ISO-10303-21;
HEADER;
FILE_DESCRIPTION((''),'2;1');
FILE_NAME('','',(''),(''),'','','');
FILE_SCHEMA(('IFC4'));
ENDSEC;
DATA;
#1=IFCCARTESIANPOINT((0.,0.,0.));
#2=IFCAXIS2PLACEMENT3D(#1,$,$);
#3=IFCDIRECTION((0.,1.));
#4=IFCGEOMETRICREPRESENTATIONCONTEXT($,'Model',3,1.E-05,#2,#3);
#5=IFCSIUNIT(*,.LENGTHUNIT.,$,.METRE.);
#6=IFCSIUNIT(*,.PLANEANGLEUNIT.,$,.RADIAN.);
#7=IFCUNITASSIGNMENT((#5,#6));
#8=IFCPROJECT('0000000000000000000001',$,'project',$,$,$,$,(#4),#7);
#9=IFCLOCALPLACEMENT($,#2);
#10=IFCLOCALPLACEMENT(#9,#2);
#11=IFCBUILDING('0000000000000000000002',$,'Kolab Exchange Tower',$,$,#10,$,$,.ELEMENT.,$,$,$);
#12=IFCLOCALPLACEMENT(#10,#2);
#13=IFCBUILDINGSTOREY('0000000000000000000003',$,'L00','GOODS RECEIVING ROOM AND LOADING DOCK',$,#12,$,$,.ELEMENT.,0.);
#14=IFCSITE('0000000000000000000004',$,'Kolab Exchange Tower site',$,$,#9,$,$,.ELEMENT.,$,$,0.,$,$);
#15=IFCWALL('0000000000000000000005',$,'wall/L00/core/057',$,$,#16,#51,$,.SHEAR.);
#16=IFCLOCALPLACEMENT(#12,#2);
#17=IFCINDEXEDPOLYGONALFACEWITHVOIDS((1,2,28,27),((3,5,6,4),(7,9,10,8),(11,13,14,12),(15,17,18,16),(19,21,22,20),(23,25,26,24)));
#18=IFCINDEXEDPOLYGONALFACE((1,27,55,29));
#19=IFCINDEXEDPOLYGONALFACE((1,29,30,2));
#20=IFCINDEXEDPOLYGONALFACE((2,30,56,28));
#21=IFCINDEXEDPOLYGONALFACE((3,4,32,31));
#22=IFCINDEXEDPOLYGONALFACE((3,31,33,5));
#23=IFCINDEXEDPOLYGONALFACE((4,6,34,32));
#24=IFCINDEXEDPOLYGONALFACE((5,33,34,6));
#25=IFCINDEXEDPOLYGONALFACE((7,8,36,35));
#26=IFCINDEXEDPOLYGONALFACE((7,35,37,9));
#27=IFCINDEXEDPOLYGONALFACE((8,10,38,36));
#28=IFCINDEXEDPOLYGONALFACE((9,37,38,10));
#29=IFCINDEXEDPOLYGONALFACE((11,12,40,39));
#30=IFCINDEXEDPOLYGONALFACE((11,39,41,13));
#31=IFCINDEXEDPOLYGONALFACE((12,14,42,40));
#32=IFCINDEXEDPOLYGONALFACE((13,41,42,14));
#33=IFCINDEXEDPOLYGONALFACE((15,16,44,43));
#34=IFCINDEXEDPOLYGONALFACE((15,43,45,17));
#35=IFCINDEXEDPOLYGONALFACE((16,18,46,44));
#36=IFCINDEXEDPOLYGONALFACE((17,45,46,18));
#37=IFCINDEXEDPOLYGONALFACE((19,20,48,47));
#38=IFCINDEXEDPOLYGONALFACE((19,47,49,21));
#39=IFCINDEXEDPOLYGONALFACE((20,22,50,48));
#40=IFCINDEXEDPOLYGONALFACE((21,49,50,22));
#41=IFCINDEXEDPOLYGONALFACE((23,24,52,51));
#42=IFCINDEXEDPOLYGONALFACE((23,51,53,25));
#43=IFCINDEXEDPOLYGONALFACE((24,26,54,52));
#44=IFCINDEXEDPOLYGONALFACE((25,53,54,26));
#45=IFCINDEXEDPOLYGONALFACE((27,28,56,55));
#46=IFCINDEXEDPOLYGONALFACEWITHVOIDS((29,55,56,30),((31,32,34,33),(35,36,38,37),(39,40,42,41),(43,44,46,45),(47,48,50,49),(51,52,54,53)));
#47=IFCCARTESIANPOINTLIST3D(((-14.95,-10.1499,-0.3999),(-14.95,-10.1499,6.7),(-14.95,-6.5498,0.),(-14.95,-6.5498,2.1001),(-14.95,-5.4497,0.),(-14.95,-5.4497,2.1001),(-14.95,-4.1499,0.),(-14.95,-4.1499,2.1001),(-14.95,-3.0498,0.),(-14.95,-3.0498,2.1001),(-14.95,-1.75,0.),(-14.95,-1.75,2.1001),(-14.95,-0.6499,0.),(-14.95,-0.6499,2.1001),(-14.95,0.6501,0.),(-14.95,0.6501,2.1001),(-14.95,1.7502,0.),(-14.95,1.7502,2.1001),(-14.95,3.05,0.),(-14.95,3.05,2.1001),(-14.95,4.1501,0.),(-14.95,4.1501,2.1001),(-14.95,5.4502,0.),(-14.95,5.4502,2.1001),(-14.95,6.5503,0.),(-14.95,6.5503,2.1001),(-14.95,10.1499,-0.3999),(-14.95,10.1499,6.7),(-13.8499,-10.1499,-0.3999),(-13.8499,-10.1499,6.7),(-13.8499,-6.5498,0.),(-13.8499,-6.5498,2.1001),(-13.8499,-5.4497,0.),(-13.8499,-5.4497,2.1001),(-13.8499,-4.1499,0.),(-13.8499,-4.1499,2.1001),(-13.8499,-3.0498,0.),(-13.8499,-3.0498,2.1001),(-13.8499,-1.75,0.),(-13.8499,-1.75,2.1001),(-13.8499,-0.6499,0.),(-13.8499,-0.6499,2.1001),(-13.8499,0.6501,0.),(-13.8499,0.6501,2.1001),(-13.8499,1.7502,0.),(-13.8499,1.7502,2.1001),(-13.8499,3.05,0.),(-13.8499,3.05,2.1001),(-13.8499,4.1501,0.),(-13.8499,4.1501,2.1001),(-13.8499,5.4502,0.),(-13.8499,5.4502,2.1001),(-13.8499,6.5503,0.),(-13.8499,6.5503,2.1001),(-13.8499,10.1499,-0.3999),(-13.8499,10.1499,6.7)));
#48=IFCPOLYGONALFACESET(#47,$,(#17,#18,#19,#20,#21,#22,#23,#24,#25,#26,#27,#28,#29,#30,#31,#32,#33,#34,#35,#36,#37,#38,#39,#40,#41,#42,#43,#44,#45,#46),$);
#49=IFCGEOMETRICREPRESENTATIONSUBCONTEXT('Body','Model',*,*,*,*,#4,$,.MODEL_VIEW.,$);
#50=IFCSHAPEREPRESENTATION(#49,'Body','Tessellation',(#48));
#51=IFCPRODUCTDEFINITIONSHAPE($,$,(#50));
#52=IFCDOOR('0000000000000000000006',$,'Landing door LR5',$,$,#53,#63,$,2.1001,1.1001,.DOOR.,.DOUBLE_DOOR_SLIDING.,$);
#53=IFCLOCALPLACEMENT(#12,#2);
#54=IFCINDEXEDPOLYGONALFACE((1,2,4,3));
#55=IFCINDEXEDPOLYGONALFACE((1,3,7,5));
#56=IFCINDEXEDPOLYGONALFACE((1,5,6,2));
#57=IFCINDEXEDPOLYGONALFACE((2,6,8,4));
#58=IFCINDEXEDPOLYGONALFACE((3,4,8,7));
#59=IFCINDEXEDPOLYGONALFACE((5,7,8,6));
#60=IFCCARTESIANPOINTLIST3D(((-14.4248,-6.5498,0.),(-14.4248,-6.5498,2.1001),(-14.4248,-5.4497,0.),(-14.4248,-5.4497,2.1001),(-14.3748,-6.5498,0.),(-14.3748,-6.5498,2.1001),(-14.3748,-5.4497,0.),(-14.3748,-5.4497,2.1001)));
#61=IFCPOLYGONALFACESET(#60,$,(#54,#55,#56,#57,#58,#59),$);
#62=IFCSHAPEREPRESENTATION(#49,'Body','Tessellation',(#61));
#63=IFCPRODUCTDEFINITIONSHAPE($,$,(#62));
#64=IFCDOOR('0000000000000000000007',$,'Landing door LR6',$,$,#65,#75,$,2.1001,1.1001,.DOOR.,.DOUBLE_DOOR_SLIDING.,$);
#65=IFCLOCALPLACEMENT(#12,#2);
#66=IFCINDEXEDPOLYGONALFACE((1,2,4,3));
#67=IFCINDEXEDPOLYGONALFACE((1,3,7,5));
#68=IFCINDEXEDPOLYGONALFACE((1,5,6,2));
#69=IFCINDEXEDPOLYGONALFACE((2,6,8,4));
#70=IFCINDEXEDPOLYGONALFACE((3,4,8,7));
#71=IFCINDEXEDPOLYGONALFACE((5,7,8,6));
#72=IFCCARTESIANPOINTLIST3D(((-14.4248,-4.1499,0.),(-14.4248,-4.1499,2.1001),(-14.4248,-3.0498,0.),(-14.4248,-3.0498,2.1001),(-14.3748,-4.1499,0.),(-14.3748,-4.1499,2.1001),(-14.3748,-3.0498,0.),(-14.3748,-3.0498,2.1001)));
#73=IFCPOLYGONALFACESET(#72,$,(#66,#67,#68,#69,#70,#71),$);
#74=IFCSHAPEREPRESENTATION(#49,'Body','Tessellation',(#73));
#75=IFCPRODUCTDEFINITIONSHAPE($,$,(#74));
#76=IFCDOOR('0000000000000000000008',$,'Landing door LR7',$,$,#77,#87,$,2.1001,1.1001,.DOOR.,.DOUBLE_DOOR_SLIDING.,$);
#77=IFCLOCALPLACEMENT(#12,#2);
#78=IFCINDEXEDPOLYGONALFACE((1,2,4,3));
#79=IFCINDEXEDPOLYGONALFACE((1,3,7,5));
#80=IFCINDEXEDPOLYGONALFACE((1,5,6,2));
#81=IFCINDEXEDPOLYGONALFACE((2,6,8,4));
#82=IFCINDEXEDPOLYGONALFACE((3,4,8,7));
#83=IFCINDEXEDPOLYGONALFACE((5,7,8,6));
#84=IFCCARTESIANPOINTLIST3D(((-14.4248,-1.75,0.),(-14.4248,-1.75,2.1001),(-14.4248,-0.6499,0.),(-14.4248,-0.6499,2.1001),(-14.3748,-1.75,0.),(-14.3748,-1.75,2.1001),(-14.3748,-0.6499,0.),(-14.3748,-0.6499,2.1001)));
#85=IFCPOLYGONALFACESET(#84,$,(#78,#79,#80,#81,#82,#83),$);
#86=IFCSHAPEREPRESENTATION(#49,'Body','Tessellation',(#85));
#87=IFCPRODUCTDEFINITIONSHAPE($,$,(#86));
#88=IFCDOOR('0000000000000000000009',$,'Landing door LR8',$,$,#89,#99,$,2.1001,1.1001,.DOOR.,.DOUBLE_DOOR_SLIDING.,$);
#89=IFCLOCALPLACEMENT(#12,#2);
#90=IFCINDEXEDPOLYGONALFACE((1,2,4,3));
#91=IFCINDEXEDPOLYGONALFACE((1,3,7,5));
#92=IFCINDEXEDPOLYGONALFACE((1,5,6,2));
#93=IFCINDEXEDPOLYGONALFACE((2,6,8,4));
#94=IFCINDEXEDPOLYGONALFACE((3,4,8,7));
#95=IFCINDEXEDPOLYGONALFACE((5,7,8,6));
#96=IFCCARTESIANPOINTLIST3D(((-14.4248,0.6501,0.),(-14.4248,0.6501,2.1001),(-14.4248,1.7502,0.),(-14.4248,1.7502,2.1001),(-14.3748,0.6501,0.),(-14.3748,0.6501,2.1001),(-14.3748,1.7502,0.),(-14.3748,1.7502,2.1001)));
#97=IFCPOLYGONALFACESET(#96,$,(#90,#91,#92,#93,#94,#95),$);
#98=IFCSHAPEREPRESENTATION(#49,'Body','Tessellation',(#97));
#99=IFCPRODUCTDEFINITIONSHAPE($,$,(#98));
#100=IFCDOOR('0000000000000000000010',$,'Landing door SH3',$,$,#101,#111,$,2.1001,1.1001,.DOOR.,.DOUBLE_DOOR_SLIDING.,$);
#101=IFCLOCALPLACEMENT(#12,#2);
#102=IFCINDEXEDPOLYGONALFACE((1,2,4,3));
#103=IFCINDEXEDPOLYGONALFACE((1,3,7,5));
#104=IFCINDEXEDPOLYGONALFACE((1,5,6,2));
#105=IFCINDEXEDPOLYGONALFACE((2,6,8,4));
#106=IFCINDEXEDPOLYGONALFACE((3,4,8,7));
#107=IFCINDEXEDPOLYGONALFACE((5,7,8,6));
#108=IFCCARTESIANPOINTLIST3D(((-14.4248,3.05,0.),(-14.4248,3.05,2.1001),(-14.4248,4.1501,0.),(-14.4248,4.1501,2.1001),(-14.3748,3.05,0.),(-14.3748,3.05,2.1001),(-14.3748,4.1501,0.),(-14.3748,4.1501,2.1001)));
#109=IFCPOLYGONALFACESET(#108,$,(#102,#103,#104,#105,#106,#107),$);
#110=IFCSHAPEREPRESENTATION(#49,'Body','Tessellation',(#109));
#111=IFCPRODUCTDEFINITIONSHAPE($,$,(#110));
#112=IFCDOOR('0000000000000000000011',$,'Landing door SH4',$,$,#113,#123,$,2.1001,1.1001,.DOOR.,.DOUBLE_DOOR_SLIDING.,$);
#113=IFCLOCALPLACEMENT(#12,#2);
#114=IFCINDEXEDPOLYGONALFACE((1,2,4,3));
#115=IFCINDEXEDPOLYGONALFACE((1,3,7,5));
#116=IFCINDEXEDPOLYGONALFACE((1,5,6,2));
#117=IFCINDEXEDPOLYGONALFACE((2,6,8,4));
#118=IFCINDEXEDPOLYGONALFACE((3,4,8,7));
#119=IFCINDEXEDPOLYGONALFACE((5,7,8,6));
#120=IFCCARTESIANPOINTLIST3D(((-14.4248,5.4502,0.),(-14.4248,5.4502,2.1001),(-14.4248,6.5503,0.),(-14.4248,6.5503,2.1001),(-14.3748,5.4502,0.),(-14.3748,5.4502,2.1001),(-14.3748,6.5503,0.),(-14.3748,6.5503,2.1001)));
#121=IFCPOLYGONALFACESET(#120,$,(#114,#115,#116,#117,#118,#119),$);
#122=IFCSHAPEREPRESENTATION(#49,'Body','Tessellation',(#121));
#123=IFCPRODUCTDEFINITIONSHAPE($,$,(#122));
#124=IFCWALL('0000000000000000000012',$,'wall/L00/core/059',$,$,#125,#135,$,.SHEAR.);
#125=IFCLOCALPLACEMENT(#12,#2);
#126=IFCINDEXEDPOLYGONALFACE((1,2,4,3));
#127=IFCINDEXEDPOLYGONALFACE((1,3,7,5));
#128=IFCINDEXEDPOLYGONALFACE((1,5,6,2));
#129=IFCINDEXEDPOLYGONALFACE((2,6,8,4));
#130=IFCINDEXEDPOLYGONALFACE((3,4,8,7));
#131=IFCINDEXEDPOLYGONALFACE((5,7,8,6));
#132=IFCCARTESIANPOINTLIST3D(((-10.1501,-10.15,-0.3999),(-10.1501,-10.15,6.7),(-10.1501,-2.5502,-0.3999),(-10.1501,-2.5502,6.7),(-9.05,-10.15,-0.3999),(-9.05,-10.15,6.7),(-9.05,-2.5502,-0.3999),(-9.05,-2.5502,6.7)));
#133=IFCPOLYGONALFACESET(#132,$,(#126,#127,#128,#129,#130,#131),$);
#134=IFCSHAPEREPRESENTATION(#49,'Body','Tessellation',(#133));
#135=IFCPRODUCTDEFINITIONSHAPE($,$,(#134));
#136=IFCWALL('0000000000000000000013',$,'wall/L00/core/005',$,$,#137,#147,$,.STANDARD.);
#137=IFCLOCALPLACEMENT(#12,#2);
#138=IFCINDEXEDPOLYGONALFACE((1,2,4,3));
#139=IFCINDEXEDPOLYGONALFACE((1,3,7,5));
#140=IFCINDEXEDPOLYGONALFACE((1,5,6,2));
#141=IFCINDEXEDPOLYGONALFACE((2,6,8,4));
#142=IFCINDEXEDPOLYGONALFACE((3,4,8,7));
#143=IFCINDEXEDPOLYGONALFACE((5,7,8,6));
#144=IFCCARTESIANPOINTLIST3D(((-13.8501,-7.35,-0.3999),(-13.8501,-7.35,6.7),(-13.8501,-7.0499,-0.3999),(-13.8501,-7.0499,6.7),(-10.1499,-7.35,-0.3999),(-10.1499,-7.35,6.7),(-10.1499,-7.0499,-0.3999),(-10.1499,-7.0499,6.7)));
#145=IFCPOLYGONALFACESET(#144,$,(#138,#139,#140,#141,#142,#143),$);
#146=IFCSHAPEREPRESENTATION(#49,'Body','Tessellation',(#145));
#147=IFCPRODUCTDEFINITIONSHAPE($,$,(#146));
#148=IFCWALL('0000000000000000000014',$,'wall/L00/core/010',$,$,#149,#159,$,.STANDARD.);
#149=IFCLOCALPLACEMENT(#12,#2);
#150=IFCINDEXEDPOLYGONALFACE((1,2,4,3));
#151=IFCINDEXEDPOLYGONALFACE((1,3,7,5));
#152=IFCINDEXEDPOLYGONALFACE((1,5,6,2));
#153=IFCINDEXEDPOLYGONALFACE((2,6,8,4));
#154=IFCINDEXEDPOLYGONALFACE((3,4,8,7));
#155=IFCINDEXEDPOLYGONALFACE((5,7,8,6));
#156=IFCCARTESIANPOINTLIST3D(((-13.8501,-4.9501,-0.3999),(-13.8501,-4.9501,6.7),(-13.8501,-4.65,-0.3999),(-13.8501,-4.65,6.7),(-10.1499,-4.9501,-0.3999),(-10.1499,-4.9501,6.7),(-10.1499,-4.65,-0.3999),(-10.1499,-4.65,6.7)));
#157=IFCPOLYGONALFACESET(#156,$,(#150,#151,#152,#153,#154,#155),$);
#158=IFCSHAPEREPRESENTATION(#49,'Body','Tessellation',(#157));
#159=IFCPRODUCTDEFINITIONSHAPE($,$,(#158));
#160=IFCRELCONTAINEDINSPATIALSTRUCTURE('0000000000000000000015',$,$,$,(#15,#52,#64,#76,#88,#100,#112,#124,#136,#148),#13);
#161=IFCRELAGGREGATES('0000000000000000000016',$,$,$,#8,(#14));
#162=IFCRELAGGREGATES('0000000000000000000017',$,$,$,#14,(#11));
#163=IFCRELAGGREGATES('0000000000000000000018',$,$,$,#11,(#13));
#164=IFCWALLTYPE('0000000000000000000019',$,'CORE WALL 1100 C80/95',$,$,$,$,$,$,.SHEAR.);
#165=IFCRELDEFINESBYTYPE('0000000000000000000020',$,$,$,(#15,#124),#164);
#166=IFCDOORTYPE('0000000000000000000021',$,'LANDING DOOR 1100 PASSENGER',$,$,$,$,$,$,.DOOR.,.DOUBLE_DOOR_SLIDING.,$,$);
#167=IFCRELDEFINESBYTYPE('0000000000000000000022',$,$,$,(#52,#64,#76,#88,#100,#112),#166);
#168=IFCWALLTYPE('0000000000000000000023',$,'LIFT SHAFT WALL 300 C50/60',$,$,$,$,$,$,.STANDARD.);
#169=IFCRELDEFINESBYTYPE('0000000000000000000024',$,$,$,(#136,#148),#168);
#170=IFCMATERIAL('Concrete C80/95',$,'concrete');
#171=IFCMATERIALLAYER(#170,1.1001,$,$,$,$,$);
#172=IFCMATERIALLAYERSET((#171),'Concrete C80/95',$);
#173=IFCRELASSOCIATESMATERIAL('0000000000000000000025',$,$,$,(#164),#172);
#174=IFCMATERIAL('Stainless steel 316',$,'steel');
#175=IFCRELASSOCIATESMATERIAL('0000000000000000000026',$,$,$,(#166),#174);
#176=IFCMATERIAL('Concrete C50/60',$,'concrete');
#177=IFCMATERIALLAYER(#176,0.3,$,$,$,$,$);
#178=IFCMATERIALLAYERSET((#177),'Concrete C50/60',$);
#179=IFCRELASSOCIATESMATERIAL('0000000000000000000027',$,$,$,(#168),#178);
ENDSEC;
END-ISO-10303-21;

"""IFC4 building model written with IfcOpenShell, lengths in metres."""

from ifc_helpers import new_model, si_unit, direction, frame, frame_2d, origin, place, context, subcontext, project, spatial, rectangle, extrude, material, layer, layer_set, type_object, element, fill, save


model = new_model("IFC4")

# Units and contexts
model_context = context("Model", 3, precision=1e-05, world=origin(), true_north=direction((0.0, 1.0)))
body_context = subcontext(model_context, "Body", "Model", "MODEL_VIEW")
ifc_project = project(units=[si_unit("LENGTHUNIT", "METRE"), si_unit("PLANEANGLEUNIT", "RADIAN")], contexts=[model_context])

# Site, building, storey
site_placement = place(None, origin())
site = spatial("IfcSite", under=ifc_project, at=site_placement, Name="Kolab Exchange Tower site", CompositionType="ELEMENT", RefElevation=0.0)
building_placement = place(site_placement, origin())
building = spatial("IfcBuilding", under=site, at=building_placement, Name="Kolab Exchange Tower", CompositionType="ELEMENT")
storey_placement = place(building_placement, origin())
storey = spatial("IfcBuildingStorey", under=building, at=storey_placement, Name="L00", Description="GOODS RECEIVING ROOM AND LOADING DOCK", CompositionType="ELEMENT", Elevation=0.0)

# Shared definitions
ifc_material_1 = material(Name="Concrete C80/95", Category="concrete")
ifc_layer_1 = layer(ifc_material_1, 1.1001)
ifc_layer_set_1 = layer_set([ifc_layer_1], Name="Concrete C80/95")
wall_type_1 = type_object("IfcWallType", Name="CORE WALL 1100 C80/95", PredefinedType="SHEAR", material=ifc_layer_set_1)

# Wall, openings, doors
wall_1_placement = place(storey_placement, frame((-14.3999, -10.1499, -0.3999), z_axis=(0.0, 0.0, 1.0), x_axis=(0.0, 1.0, 0.0)))
wall_1 = element("IfcWall", 1, at=wall_1_placement, inside=storey, type_object=wall_type_1, Name="wall/L00/core/057", PredefinedType="SHEAR", context=body_context, shape_type="SweptSolid", body=[
    extrude(rectangle(XDim=20.2998, YDim=1.1001, at=frame_2d((10.1499, 0.0))), origin(), (0.0, 0.0, 1.0), 7.0999),
])
opening_1_placement = place(wall_1_placement, frame((3.6001, 0.0, 0.3999)))
opening_1 = element("IfcOpeningElement", 2, at=opening_1_placement, cuts=wall_1, PredefinedType="OPENING", context=body_context, shape_type="SweptSolid", body=[
    extrude(rectangle(XDim=1.1001, YDim=2.1001, at=frame_2d((0.55, 1.05))), frame((0.0, 0.5601, 0.0), z_axis=(0.0, -1.0, 0.0), x_axis=(1.0, 0.0, 0.0)), (0.0, 0.0, 1.0), 1.1201),
])
opening_2_placement = place(wall_1_placement, frame((6.0, 0.0, 0.3999)))
opening_2 = element("IfcOpeningElement", 3, at=opening_2_placement, cuts=wall_1, PredefinedType="OPENING", context=body_context, shape_type="SweptSolid", body=[
    extrude(rectangle(XDim=1.1001, YDim=2.1001, at=frame_2d((0.55, 1.05))), frame((0.0, 0.5601, 0.0), z_axis=(0.0, -1.0, 0.0), x_axis=(1.0, 0.0, 0.0)), (0.0, 0.0, 1.0), 1.1201),
])
opening_3_placement = place(wall_1_placement, frame((8.3999, 0.0, 0.3999)))
opening_3 = element("IfcOpeningElement", 4, at=opening_3_placement, cuts=wall_1, PredefinedType="OPENING", context=body_context, shape_type="SweptSolid", body=[
    extrude(rectangle(XDim=1.1001, YDim=2.1001, at=frame_2d((0.55, 1.05))), frame((0.0, 0.5601, 0.0), z_axis=(0.0, -1.0, 0.0), x_axis=(1.0, 0.0, 0.0)), (0.0, 0.0, 1.0), 1.1201),
])
opening_4_placement = place(wall_1_placement, frame((10.8, 0.0, 0.3999)))
opening_4 = element("IfcOpeningElement", 5, at=opening_4_placement, cuts=wall_1, PredefinedType="OPENING", context=body_context, shape_type="SweptSolid", body=[
    extrude(rectangle(XDim=1.1001, YDim=2.1001, at=frame_2d((0.55, 1.05))), frame((0.0, 0.5601, 0.0), z_axis=(0.0, -1.0, 0.0), x_axis=(1.0, 0.0, 0.0)), (0.0, 0.0, 1.0), 1.1201),
])
opening_5_placement = place(wall_1_placement, frame((13.2, 0.0, 0.3999)))
opening_5 = element("IfcOpeningElement", 6, at=opening_5_placement, cuts=wall_1, PredefinedType="OPENING", context=body_context, shape_type="SweptSolid", body=[
    extrude(rectangle(XDim=1.1001, YDim=2.1001, at=frame_2d((0.55, 1.05))), frame((0.0, 0.5601, 0.0), z_axis=(0.0, -1.0, 0.0), x_axis=(1.0, 0.0, 0.0)), (0.0, 0.0, 1.0), 1.1201),
])
opening_6_placement = place(wall_1_placement, frame((15.6001, 0.0, 0.3999)))
opening_6 = element("IfcOpeningElement", 7, at=opening_6_placement, cuts=wall_1, PredefinedType="OPENING", context=body_context, shape_type="SweptSolid", body=[
    extrude(rectangle(XDim=1.1001, YDim=2.1001, at=frame_2d((0.55, 1.05))), frame((0.0, 0.5601, 0.0), z_axis=(0.0, -1.0, 0.0), x_axis=(1.0, 0.0, 0.0)), (0.0, 0.0, 1.0), 1.1201),
])
ifc_material_2 = material(Name="Stainless steel 316", Category="steel")
door_type_1 = type_object("IfcDoorType", Name="LANDING DOOR 1100 PASSENGER", OperationType="DOUBLE_DOOR_SLIDING", PredefinedType="DOOR", material=ifc_material_2)
door_1_placement = place(opening_1_placement, origin())
door_1 = element("IfcDoor", 8, at=door_1_placement, inside=storey, type_object=door_type_1, Name="Landing door LR5", OperationType="DOUBLE_DOOR_SLIDING", OverallHeight=2.1001, OverallWidth=1.1001, PredefinedType="DOOR", context=body_context, shape_type="SweptSolid", body=[
    extrude(rectangle(XDim=1.1001, YDim=2.1001, at=frame_2d((0.55, 1.05))), frame((0.0, 0.0249, 0.0), z_axis=(0.0, -1.0, 0.0), x_axis=(1.0, 0.0, 0.0)), (0.0, 0.0, 1.0), 0.05),
])
fill(opening_1, door_1)
door_2_placement = place(opening_2_placement, origin())
door_2 = element("IfcDoor", 9, at=door_2_placement, inside=storey, type_object=door_type_1, Name="Landing door LR6", OperationType="DOUBLE_DOOR_SLIDING", OverallHeight=2.1001, OverallWidth=1.1001, PredefinedType="DOOR", context=body_context, shape_type="SweptSolid", body=[
    extrude(rectangle(XDim=1.1001, YDim=2.1001, at=frame_2d((0.55, 1.05))), frame((0.0, 0.0249, 0.0), z_axis=(0.0, -1.0, 0.0), x_axis=(1.0, 0.0, 0.0)), (0.0, 0.0, 1.0), 0.05),
])
fill(opening_2, door_2)
door_3_placement = place(opening_3_placement, origin())
door_3 = element("IfcDoor", 10, at=door_3_placement, inside=storey, type_object=door_type_1, Name="Landing door LR7", OperationType="DOUBLE_DOOR_SLIDING", OverallHeight=2.1001, OverallWidth=1.1001, PredefinedType="DOOR", context=body_context, shape_type="SweptSolid", body=[
    extrude(rectangle(XDim=1.1001, YDim=2.1001, at=frame_2d((0.55, 1.05))), frame((0.0, 0.0249, 0.0), z_axis=(0.0, -1.0, 0.0), x_axis=(1.0, 0.0, 0.0)), (0.0, 0.0, 1.0), 0.05),
])
fill(opening_3, door_3)
door_4_placement = place(opening_4_placement, origin())
door_4 = element("IfcDoor", 11, at=door_4_placement, inside=storey, type_object=door_type_1, Name="Landing door LR8", OperationType="DOUBLE_DOOR_SLIDING", OverallHeight=2.1001, OverallWidth=1.1001, PredefinedType="DOOR", context=body_context, shape_type="SweptSolid", body=[
    extrude(rectangle(XDim=1.1001, YDim=2.1001, at=frame_2d((0.55, 1.05))), frame((0.0, 0.0249, 0.0), z_axis=(0.0, -1.0, 0.0), x_axis=(1.0, 0.0, 0.0)), (0.0, 0.0, 1.0), 0.05),
])
fill(opening_4, door_4)
door_5_placement = place(opening_5_placement, origin())
door_5 = element("IfcDoor", 12, at=door_5_placement, inside=storey, type_object=door_type_1, Name="Landing door SH3", OperationType="DOUBLE_DOOR_SLIDING", OverallHeight=2.1001, OverallWidth=1.1001, PredefinedType="DOOR", context=body_context, shape_type="SweptSolid", body=[
    extrude(rectangle(XDim=1.1001, YDim=2.1001, at=frame_2d((0.55, 1.05))), frame((0.0, 0.0249, 0.0), z_axis=(0.0, -1.0, 0.0), x_axis=(1.0, 0.0, 0.0)), (0.0, 0.0, 1.0), 0.05),
])
fill(opening_5, door_5)
door_6_placement = place(opening_6_placement, origin())
door_6 = element("IfcDoor", 13, at=door_6_placement, inside=storey, type_object=door_type_1, Name="Landing door SH4", OperationType="DOUBLE_DOOR_SLIDING", OverallHeight=2.1001, OverallWidth=1.1001, PredefinedType="DOOR", context=body_context, shape_type="SweptSolid", body=[
    extrude(rectangle(XDim=1.1001, YDim=2.1001, at=frame_2d((0.55, 1.05))), frame((0.0, 0.0249, 0.0), z_axis=(0.0, -1.0, 0.0), x_axis=(1.0, 0.0, 0.0)), (0.0, 0.0, 1.0), 0.05),
])
fill(opening_6, door_6)

# Walls
wall_2_placement = place(storey_placement, frame((-9.6001, -10.1499, -0.3999), z_axis=(0.0, 0.0, 1.0), x_axis=(0.0, 1.0, 0.0)))
element("IfcWall", 14, at=wall_2_placement, inside=storey, type_object=wall_type_1, Name="wall/L00/core/059", PredefinedType="SHEAR", context=body_context, shape_type="SweptSolid", body=[
    extrude(rectangle(XDim=7.5999, YDim=1.1001, at=frame_2d((3.7998, 0.0))), origin(), (0.0, 0.0, 1.0), 7.0999),
])
ifc_material_3 = material(Name="Concrete C50/60", Category="concrete")
ifc_layer_2 = layer(ifc_material_3, 0.3)
ifc_layer_set_2 = layer_set([ifc_layer_2], Name="Concrete C50/60")
wall_type_2 = type_object("IfcWallType", Name="LIFT SHAFT WALL 300 C50/60", PredefinedType="STANDARD", material=ifc_layer_set_2)
for number, where, z_axis, x_axis, name in (
    (15, (-13.8501, -7.2, -0.3999), (0.0, 0.0, 1.0), (1.0, 0.0, 0.0), "wall/L00/core/005"),
    (16, (-13.8501, -4.8, -0.3999), (0.0, 0.0, 1.0), (1.0, 0.0, 0.0), "wall/L00/core/010"),
):
    element("IfcWall", number, at=place(storey_placement, frame(where, z_axis=z_axis, x_axis=x_axis)), inside=storey, type_object=wall_type_2, Name=name, PredefinedType="STANDARD", context=body_context, shape_type="SweptSolid", body=[
        extrude(rectangle(XDim=3.7002, YDim=0.3, at=frame_2d((1.8501, 0.0))), origin(), (0.0, 0.0, 1.0), 7.0999),
    ])

save(model, "model.ifc")
